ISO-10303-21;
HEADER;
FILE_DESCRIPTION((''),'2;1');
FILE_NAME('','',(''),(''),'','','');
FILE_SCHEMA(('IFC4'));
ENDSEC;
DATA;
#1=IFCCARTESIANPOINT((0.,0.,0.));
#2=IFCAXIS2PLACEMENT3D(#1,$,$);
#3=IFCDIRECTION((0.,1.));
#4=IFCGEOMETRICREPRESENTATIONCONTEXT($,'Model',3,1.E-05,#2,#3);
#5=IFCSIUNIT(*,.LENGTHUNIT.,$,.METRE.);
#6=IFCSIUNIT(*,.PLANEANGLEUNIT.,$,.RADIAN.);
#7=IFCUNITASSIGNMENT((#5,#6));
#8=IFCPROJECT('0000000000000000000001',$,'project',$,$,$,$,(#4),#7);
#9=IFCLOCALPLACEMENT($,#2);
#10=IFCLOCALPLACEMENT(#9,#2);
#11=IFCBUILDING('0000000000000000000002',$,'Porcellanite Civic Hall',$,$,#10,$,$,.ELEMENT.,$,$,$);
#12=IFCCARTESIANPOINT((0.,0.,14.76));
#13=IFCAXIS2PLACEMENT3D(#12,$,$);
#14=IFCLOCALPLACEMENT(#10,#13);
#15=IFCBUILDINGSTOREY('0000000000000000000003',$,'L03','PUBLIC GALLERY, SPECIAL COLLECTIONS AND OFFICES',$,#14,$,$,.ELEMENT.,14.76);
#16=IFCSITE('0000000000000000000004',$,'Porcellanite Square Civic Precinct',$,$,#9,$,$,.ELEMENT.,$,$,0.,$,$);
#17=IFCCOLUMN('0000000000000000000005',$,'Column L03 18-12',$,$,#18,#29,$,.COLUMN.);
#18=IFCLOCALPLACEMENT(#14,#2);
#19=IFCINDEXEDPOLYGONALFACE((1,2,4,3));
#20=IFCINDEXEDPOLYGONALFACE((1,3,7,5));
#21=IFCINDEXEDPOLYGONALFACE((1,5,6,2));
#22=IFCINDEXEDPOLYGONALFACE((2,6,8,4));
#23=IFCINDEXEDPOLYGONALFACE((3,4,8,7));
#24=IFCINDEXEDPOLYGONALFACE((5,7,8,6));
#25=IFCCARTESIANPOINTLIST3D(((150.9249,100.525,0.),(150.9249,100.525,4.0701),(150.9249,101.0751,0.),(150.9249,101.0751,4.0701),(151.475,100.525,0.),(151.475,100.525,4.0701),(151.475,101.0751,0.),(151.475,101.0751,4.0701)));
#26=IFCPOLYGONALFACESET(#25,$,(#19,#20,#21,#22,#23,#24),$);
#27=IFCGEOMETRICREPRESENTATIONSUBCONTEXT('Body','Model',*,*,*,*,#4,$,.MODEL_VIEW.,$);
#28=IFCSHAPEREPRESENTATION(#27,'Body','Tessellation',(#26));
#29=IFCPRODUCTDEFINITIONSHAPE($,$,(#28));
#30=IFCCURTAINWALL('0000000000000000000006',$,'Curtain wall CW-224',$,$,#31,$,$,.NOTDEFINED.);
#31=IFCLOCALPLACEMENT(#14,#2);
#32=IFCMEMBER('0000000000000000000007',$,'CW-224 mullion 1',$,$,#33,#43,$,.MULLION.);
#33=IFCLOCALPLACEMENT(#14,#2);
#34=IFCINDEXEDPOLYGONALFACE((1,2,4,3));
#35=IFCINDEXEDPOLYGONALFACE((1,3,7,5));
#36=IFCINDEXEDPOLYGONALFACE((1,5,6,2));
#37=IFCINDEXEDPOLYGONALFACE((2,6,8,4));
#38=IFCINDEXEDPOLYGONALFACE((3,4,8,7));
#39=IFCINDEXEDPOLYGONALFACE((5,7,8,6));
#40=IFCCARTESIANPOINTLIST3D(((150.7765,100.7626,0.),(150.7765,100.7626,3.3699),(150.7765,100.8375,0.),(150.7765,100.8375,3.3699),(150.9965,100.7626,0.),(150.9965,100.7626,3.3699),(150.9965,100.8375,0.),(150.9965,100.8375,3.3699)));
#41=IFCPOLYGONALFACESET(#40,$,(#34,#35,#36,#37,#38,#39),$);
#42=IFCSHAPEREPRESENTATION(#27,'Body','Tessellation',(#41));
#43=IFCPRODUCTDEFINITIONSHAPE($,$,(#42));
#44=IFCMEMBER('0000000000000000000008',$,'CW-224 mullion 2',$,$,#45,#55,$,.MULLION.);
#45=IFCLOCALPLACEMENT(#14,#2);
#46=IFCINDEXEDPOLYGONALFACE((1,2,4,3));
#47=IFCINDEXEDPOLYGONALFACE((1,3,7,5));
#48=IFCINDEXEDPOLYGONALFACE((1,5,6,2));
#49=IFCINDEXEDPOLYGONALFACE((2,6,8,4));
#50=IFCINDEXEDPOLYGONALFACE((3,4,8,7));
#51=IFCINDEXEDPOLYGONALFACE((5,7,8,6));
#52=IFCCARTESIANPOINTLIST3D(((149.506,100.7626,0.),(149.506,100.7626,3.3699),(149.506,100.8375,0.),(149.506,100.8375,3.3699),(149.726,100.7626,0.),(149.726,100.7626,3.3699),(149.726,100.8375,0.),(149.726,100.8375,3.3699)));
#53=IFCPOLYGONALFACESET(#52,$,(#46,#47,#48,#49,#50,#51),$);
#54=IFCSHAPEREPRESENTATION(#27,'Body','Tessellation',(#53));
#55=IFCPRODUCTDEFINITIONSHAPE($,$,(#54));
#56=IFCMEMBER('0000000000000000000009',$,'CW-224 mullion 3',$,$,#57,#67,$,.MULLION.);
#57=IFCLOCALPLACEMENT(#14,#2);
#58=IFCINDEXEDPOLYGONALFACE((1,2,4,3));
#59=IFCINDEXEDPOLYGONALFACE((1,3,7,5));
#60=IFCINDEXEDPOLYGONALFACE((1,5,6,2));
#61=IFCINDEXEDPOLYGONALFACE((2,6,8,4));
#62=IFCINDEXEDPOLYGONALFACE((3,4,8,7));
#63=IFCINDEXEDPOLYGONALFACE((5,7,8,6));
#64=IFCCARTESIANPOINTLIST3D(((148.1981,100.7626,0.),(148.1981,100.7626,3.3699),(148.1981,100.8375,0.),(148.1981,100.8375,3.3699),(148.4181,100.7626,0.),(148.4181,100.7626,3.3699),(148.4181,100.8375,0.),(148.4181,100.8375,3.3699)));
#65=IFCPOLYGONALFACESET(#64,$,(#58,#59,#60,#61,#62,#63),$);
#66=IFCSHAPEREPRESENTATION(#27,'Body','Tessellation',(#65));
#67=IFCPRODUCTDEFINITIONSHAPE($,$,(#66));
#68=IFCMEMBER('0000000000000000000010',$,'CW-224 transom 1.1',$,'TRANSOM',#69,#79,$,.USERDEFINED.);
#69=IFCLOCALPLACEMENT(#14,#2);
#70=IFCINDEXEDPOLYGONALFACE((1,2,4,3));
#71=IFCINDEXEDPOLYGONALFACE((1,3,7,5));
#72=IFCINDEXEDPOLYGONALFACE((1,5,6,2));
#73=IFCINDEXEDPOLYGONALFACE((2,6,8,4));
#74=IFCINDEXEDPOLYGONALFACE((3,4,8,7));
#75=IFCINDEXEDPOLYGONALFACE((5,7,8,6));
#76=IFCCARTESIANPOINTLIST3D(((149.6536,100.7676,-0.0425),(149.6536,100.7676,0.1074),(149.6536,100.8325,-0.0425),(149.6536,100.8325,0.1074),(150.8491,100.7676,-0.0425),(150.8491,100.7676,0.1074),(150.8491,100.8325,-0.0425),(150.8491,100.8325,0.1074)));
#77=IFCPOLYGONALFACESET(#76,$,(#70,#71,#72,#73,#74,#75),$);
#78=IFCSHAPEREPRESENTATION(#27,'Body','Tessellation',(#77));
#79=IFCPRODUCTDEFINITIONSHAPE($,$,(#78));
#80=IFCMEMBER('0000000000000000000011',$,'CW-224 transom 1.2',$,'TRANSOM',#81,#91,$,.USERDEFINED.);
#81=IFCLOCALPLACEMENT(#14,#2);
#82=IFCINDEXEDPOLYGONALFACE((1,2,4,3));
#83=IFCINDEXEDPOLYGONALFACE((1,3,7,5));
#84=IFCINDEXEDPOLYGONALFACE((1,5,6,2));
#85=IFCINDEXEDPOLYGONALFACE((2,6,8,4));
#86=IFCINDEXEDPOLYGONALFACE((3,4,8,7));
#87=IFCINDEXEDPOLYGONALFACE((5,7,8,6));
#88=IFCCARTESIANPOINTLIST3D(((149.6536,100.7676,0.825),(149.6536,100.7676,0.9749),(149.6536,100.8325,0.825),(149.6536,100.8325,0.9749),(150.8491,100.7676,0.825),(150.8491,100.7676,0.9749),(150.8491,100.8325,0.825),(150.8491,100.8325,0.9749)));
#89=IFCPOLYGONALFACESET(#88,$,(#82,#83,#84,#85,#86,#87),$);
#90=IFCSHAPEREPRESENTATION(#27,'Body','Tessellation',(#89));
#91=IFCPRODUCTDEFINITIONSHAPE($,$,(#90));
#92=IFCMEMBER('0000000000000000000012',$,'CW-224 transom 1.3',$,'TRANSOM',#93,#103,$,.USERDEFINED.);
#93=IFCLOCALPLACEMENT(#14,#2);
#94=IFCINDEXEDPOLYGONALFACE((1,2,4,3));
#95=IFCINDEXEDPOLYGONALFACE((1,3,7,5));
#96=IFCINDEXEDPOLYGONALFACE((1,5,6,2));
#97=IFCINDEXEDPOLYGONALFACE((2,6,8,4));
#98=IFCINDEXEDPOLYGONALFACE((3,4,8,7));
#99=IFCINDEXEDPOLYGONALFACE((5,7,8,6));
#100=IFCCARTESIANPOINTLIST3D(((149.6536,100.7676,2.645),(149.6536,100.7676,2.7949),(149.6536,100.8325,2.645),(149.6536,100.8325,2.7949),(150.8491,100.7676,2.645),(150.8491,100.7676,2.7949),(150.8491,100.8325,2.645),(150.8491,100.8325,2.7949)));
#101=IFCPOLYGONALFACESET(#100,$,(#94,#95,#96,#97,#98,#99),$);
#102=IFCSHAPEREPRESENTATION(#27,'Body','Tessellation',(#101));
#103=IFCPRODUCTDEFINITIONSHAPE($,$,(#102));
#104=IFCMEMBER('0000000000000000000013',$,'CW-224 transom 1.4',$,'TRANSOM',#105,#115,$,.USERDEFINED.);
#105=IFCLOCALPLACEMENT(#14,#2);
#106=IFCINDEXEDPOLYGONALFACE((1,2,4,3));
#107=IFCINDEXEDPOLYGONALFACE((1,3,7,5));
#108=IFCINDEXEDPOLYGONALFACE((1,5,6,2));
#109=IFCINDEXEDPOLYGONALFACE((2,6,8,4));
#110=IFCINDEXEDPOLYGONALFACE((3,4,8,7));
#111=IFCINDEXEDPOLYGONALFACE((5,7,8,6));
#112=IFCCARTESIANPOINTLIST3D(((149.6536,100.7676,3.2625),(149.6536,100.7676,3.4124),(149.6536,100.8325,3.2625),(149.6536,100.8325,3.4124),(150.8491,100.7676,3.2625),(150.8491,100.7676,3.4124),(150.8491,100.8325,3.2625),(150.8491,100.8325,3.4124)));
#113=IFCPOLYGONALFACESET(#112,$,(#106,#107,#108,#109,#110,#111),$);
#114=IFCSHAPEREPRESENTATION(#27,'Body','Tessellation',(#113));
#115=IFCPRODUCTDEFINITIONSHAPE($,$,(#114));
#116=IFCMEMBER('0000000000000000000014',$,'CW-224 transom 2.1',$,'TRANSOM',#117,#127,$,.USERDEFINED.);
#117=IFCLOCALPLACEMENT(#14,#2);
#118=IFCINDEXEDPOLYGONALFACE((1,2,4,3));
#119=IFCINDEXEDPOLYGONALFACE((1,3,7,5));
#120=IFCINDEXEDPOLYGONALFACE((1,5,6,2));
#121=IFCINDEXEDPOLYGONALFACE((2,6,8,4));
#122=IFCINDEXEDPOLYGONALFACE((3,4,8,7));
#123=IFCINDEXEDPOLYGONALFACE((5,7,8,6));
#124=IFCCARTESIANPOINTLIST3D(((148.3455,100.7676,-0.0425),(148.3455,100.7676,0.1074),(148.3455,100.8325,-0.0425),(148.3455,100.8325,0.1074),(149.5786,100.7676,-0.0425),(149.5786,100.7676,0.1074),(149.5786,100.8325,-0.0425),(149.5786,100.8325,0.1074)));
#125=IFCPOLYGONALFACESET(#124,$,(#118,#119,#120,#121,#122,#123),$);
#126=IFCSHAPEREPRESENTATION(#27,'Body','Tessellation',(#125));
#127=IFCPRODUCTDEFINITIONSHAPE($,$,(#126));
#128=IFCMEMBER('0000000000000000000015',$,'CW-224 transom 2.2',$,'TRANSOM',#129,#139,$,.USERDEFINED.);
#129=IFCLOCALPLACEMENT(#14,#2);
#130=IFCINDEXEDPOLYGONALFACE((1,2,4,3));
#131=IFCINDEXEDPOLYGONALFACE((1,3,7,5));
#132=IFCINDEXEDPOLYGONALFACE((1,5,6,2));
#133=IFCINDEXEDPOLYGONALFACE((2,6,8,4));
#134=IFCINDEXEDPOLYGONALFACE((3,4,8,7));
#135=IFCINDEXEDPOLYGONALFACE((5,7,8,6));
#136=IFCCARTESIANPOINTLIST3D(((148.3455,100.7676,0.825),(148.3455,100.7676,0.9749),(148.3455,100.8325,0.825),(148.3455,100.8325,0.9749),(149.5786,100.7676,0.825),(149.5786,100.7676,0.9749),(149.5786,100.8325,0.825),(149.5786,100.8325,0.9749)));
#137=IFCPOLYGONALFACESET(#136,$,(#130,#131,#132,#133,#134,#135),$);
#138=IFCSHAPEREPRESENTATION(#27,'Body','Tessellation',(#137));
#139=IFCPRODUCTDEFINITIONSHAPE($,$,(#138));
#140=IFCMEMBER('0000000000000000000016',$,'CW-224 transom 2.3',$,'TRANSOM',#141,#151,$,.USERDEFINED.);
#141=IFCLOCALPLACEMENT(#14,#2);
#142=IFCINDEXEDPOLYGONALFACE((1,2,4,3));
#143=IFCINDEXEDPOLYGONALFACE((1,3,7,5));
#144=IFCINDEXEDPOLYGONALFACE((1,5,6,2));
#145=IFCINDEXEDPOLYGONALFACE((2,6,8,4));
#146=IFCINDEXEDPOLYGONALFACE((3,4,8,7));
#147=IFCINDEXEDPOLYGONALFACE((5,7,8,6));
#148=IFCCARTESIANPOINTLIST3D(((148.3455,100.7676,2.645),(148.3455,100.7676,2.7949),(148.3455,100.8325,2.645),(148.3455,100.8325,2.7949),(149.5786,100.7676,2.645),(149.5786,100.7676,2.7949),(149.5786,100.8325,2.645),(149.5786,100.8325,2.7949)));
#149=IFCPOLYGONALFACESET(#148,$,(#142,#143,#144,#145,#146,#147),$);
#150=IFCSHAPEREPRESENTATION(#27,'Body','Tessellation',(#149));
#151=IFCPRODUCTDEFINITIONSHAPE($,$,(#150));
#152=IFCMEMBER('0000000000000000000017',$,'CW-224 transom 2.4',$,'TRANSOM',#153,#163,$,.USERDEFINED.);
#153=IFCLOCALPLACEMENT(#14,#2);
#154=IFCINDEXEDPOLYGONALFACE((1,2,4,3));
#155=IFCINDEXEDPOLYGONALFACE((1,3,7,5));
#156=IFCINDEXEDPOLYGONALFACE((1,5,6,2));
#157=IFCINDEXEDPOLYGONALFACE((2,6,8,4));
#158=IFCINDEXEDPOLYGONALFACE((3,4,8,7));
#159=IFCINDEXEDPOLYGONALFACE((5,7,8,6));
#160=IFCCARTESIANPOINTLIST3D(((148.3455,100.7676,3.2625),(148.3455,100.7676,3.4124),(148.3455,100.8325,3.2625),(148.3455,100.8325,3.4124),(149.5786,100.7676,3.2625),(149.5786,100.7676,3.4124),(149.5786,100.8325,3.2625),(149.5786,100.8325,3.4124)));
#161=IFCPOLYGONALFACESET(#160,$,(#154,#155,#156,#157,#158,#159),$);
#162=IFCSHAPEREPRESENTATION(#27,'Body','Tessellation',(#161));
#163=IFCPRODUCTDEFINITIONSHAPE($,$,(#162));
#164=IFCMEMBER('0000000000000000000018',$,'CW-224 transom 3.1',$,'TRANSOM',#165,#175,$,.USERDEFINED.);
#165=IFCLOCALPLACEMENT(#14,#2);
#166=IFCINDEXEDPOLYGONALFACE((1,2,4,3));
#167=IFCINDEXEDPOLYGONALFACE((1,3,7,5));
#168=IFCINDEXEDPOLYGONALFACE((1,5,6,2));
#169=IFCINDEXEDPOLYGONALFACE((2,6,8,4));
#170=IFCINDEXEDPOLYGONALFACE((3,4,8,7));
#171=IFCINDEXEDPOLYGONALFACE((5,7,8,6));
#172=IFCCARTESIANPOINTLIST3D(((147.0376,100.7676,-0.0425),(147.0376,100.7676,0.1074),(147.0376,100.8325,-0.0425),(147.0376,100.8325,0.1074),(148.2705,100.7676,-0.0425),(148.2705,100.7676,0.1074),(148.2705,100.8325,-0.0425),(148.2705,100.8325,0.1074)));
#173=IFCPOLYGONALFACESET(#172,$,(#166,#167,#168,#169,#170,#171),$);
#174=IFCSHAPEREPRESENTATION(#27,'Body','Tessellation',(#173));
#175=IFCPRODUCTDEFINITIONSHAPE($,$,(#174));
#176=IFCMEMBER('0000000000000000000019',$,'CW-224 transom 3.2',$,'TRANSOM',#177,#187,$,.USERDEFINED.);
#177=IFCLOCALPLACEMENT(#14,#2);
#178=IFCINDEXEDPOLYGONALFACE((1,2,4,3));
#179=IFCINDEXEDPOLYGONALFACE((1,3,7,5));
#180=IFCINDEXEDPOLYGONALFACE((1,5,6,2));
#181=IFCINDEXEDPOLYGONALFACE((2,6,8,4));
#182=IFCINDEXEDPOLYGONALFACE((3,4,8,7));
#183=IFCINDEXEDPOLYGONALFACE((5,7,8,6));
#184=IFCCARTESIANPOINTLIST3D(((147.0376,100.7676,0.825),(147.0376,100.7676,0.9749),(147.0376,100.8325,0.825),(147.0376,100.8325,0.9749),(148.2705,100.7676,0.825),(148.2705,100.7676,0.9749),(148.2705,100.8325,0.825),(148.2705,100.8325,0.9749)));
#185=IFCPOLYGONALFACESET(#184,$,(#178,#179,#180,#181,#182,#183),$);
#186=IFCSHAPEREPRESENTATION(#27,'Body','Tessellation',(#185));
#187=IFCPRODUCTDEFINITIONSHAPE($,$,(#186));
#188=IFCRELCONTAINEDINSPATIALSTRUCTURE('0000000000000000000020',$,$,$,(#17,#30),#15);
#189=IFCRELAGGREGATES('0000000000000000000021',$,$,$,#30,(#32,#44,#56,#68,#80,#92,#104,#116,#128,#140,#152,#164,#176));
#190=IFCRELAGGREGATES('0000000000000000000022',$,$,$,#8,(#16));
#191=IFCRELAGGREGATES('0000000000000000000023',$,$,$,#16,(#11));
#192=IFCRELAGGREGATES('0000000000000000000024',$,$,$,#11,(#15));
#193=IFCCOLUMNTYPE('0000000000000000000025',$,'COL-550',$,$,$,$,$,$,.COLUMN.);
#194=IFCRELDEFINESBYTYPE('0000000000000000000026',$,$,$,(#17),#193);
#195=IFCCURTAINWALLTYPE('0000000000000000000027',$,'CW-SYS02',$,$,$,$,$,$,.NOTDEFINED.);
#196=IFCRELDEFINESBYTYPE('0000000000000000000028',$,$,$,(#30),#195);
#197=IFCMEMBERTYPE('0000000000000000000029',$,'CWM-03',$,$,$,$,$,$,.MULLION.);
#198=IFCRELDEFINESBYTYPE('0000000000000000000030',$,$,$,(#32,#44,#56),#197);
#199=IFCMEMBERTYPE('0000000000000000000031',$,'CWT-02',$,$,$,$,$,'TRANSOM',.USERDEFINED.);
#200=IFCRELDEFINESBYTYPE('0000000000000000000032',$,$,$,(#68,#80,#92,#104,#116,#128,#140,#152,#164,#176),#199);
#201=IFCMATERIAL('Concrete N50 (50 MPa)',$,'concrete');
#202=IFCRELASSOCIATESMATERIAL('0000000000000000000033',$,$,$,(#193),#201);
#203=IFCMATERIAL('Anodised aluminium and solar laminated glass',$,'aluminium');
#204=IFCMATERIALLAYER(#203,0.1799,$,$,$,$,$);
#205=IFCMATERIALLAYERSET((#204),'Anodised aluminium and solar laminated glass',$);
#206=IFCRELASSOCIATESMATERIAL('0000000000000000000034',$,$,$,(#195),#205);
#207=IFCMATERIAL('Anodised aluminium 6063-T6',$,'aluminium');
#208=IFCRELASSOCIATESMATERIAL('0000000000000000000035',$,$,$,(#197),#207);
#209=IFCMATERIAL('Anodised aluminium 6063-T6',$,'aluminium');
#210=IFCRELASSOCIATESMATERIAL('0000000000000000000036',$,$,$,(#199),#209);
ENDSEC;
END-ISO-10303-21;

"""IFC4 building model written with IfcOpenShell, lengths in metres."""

from ifc_helpers import new_model, si_unit, direction, frame, origin, origin_2d, place, context, subcontext, project, spatial, rectangle, extrude, material, layer, layer_set, material_profile, profile_set, type_object, element, aggregate, save


model = new_model("IFC4")

# Units and contexts
model_context = context("Model", 3, precision=1e-05, world=origin(), true_north=direction((0.0, 1.0)))
body_context = subcontext(model_context, "Body", "Model", "MODEL_VIEW")
ifc_project = project(units=[si_unit("LENGTHUNIT", "METRE"), si_unit("PLANEANGLEUNIT", "RADIAN")], contexts=[model_context])

# Site, building, storey
site_placement = place(None, origin())
site = spatial("IfcSite", under=ifc_project, at=site_placement, Name="Porcellanite Square Civic Precinct", CompositionType="ELEMENT", RefElevation=0.0)
building_placement = place(site_placement, origin())
building = spatial("IfcBuilding", under=site, at=building_placement, Name="Porcellanite Civic Hall", CompositionType="ELEMENT")
storey_placement = place(building_placement, frame((0.0, 0.0, 14.76)))
storey = spatial("IfcBuildingStorey", under=building, at=storey_placement, Name="L03", Description="PUBLIC GALLERY, SPECIAL COLLECTIONS AND OFFICES", CompositionType="ELEMENT", Elevation=14.76)

# Column
ifc_material_1 = material(Name="Concrete N50 (50 MPa)", Category="concrete")
ifc_material_profile_1 = material_profile(ifc_material_1, rectangle(XDim=0.55, YDim=0.55, at=origin_2d()), Name="RC-550x550")
ifc_profile_set_1 = profile_set([ifc_material_profile_1], Name="Concrete N50 (50 MPa)")
column_type = type_object("IfcColumnType", Name="COL-550", PredefinedType="COLUMN", material=ifc_profile_set_1)
column_placement = place(storey_placement, frame((151.2, 100.8, 0.0), z_axis=(0.0, 0.0, 1.0), x_axis=(1.0, 0.0, 0.0)))
element("IfcColumn", 1, at=column_placement, inside=storey, type_object=column_type, Name="Column L03 18-12", PredefinedType="COLUMN", context=body_context, shape_type="SweptSolid", body=[
    extrude(rectangle(XDim=0.55, YDim=0.55, at=origin_2d()), origin(), (0.0, 0.0, 1.0), 4.0701),
])

# Curtain wall, members
ifc_material_2 = material(Name="Anodised aluminium and solar laminated glass", Category="aluminium")
ifc_layer_1 = layer(ifc_material_2, 0.1799)
ifc_layer_set_1 = layer_set([ifc_layer_1], Name="Anodised aluminium and solar laminated glass")
curtain_wall_type = type_object("IfcCurtainWallType", Name="CW-SYS02", PredefinedType="NOTDEFINED", material=ifc_layer_set_1)
curtain_wall_placement = place(storey_placement, origin())
curtain_wall = element("IfcCurtainWall", 2, at=curtain_wall_placement, inside=storey, type_object=curtain_wall_type, Name="Curtain wall CW-224", PredefinedType="NOTDEFINED")
ifc_material_3 = material(Name="Anodised aluminium 6063-T6", Category="aluminium")
ifc_material_profile_2 = material_profile(ifc_material_3, rectangle(XDim=0.075, YDim=0.22, at=origin_2d()), Name="AL-75x220")
ifc_profile_set_2 = profile_set([ifc_material_profile_2], Name="Anodised aluminium 6063-T6")
member_type_1 = type_object("IfcMemberType", Name="CWM-03", PredefinedType="MULLION", material=ifc_profile_set_2)
member_1_placement = place(storey_placement, frame((150.8865, 100.8, 0.0), z_axis=(0.0, 0.0, 1.0), x_axis=(0.0, -1.0, 0.0)))
member_1 = element("IfcMember", 3, at=member_1_placement, type_object=member_type_1, Name="CW-224 mullion 1", PredefinedType="MULLION", context=body_context, shape_type="SweptSolid", body=[
    extrude(rectangle(XDim=0.075, YDim=0.22, at=origin_2d()), origin(), (0.0, 0.0, 1.0), 3.3699),
])
member_2_placement = place(storey_placement, frame((149.616, 100.8, 0.0), z_axis=(0.0, 0.0, 1.0), x_axis=(0.0, -1.0, 0.0)))
member_2 = element("IfcMember", 4, at=member_2_placement, type_object=member_type_1, Name="CW-224 mullion 2", PredefinedType="MULLION", context=body_context, shape_type="SweptSolid", body=[
    extrude(rectangle(XDim=0.075, YDim=0.22, at=origin_2d()), origin(), (0.0, 0.0, 1.0), 3.3699),
])
member_3_placement = place(storey_placement, frame((148.3081, 100.8, 0.0), z_axis=(0.0, 0.0, 1.0), x_axis=(0.0, -1.0, 0.0)))
member_3 = element("IfcMember", 5, at=member_3_placement, type_object=member_type_1, Name="CW-224 mullion 3", PredefinedType="MULLION", context=body_context, shape_type="SweptSolid", body=[
    extrude(rectangle(XDim=0.075, YDim=0.22, at=origin_2d()), origin(), (0.0, 0.0, 1.0), 3.3699),
])
ifc_material_4 = material(Name="Anodised aluminium 6063-T6", Category="aluminium")
ifc_material_profile_3 = material_profile(ifc_material_4, rectangle(XDim=0.0649, YDim=0.1499, at=origin_2d()), Name="AL-65x150")
ifc_profile_set_3 = profile_set([ifc_material_profile_3], Name="Anodised aluminium 6063-T6")
member_type_2 = type_object("IfcMemberType", Name="CWT-02", ElementType="TRANSOM", PredefinedType="USERDEFINED", material=ifc_profile_set_3)
member_4_placement = place(storey_placement, frame((150.8491, 100.8, 0.0325), z_axis=(-1.0, 0.0, 0.0), x_axis=(0.0, -1.0, 0.0)))
member_4 = element("IfcMember", 6, at=member_4_placement, type_object=member_type_2, Name="CW-224 transom 1.1", ObjectType="TRANSOM", PredefinedType="USERDEFINED", context=body_context, shape_type="SweptSolid", body=[
    extrude(rectangle(XDim=0.0649, YDim=0.1499, at=origin_2d()), origin(), (0.0, 0.0, 1.0), 1.1956),
])
member_5_placement = place(storey_placement, frame((150.8491, 100.8, 0.8999), z_axis=(-1.0, 0.0, 0.0), x_axis=(0.0, -1.0, 0.0)))
member_5 = element("IfcMember", 7, at=member_5_placement, type_object=member_type_2, Name="CW-224 transom 1.2", ObjectType="TRANSOM", PredefinedType="USERDEFINED", context=body_context, shape_type="SweptSolid", body=[
    extrude(rectangle(XDim=0.0649, YDim=0.1499, at=origin_2d()), origin(), (0.0, 0.0, 1.0), 1.1956),
])
member_6_placement = place(storey_placement, frame((150.8491, 100.8, 2.72), z_axis=(-1.0, 0.0, 0.0), x_axis=(0.0, -1.0, 0.0)))
member_6 = element("IfcMember", 8, at=member_6_placement, type_object=member_type_2, Name="CW-224 transom 1.3", ObjectType="TRANSOM", PredefinedType="USERDEFINED", context=body_context, shape_type="SweptSolid", body=[
    extrude(rectangle(XDim=0.0649, YDim=0.1499, at=origin_2d()), origin(), (0.0, 0.0, 1.0), 1.1956),
])
member_7_placement = place(storey_placement, frame((150.8491, 100.8, 3.3374), z_axis=(-1.0, 0.0, 0.0), x_axis=(0.0, -1.0, 0.0)))
member_7 = element("IfcMember", 9, at=member_7_placement, type_object=member_type_2, Name="CW-224 transom 1.4", ObjectType="TRANSOM", PredefinedType="USERDEFINED", context=body_context, shape_type="SweptSolid", body=[
    extrude(rectangle(XDim=0.0649, YDim=0.1499, at=origin_2d()), origin(), (0.0, 0.0, 1.0), 1.1956),
])
member_8_placement = place(storey_placement, frame((149.5786, 100.8, 0.0325), z_axis=(-1.0, 0.0, 0.0), x_axis=(0.0, -1.0, 0.0)))
member_8 = element("IfcMember", 10, at=member_8_placement, type_object=member_type_2, Name="CW-224 transom 2.1", ObjectType="TRANSOM", PredefinedType="USERDEFINED", context=body_context, shape_type="SweptSolid", body=[
    extrude(rectangle(XDim=0.0649, YDim=0.1499, at=origin_2d()), origin(), (0.0, 0.0, 1.0), 1.2332),
])
member_9_placement = place(storey_placement, frame((149.5786, 100.8, 0.8999), z_axis=(-1.0, 0.0, 0.0), x_axis=(0.0, -1.0, 0.0)))
member_9 = element("IfcMember", 11, at=member_9_placement, type_object=member_type_2, Name="CW-224 transom 2.2", ObjectType="TRANSOM", PredefinedType="USERDEFINED", context=body_context, shape_type="SweptSolid", body=[
    extrude(rectangle(XDim=0.0649, YDim=0.1499, at=origin_2d()), origin(), (0.0, 0.0, 1.0), 1.2332),
])
member_10_placement = place(storey_placement, frame((149.5786, 100.8, 2.72), z_axis=(-1.0, 0.0, 0.0), x_axis=(0.0, -1.0, 0.0)))
member_10 = element("IfcMember", 12, at=member_10_placement, type_object=member_type_2, Name="CW-224 transom 2.3", ObjectType="TRANSOM", PredefinedType="USERDEFINED", context=body_context, shape_type="SweptSolid", body=[
    extrude(rectangle(XDim=0.0649, YDim=0.1499, at=origin_2d()), origin(), (0.0, 0.0, 1.0), 1.2332),
])
member_11_placement = place(storey_placement, frame((149.5786, 100.8, 3.3374), z_axis=(-1.0, 0.0, 0.0), x_axis=(0.0, -1.0, 0.0)))
member_11 = element("IfcMember", 13, at=member_11_placement, type_object=member_type_2, Name="CW-224 transom 2.4", ObjectType="TRANSOM", PredefinedType="USERDEFINED", context=body_context, shape_type="SweptSolid", body=[
    extrude(rectangle(XDim=0.0649, YDim=0.1499, at=origin_2d()), origin(), (0.0, 0.0, 1.0), 1.2332),
])
member_12_placement = place(storey_placement, frame((148.2705, 100.8, 0.0325), z_axis=(-1.0, 0.0, 0.0), x_axis=(0.0, -1.0, 0.0)))
member_12 = element("IfcMember", 14, at=member_12_placement, type_object=member_type_2, Name="CW-224 transom 3.1", ObjectType="TRANSOM", PredefinedType="USERDEFINED", context=body_context, shape_type="SweptSolid", body=[
    extrude(rectangle(XDim=0.0649, YDim=0.1499, at=origin_2d()), origin(), (0.0, 0.0, 1.0), 1.2329),
])
member_13_placement = place(storey_placement, frame((148.2705, 100.8, 0.8999), z_axis=(-1.0, 0.0, 0.0), x_axis=(0.0, -1.0, 0.0)))
member_13 = element("IfcMember", 15, at=member_13_placement, type_object=member_type_2, Name="CW-224 transom 3.2", ObjectType="TRANSOM", PredefinedType="USERDEFINED", context=body_context, shape_type="SweptSolid", body=[
    extrude(rectangle(XDim=0.0649, YDim=0.1499, at=origin_2d()), origin(), (0.0, 0.0, 1.0), 1.2329),
])
aggregate(curtain_wall, [member_1, member_2, member_3, member_4, member_5, member_6, member_7, member_8, member_9, member_10, member_11, member_12, member_13])

save(model, "model.ifc")
